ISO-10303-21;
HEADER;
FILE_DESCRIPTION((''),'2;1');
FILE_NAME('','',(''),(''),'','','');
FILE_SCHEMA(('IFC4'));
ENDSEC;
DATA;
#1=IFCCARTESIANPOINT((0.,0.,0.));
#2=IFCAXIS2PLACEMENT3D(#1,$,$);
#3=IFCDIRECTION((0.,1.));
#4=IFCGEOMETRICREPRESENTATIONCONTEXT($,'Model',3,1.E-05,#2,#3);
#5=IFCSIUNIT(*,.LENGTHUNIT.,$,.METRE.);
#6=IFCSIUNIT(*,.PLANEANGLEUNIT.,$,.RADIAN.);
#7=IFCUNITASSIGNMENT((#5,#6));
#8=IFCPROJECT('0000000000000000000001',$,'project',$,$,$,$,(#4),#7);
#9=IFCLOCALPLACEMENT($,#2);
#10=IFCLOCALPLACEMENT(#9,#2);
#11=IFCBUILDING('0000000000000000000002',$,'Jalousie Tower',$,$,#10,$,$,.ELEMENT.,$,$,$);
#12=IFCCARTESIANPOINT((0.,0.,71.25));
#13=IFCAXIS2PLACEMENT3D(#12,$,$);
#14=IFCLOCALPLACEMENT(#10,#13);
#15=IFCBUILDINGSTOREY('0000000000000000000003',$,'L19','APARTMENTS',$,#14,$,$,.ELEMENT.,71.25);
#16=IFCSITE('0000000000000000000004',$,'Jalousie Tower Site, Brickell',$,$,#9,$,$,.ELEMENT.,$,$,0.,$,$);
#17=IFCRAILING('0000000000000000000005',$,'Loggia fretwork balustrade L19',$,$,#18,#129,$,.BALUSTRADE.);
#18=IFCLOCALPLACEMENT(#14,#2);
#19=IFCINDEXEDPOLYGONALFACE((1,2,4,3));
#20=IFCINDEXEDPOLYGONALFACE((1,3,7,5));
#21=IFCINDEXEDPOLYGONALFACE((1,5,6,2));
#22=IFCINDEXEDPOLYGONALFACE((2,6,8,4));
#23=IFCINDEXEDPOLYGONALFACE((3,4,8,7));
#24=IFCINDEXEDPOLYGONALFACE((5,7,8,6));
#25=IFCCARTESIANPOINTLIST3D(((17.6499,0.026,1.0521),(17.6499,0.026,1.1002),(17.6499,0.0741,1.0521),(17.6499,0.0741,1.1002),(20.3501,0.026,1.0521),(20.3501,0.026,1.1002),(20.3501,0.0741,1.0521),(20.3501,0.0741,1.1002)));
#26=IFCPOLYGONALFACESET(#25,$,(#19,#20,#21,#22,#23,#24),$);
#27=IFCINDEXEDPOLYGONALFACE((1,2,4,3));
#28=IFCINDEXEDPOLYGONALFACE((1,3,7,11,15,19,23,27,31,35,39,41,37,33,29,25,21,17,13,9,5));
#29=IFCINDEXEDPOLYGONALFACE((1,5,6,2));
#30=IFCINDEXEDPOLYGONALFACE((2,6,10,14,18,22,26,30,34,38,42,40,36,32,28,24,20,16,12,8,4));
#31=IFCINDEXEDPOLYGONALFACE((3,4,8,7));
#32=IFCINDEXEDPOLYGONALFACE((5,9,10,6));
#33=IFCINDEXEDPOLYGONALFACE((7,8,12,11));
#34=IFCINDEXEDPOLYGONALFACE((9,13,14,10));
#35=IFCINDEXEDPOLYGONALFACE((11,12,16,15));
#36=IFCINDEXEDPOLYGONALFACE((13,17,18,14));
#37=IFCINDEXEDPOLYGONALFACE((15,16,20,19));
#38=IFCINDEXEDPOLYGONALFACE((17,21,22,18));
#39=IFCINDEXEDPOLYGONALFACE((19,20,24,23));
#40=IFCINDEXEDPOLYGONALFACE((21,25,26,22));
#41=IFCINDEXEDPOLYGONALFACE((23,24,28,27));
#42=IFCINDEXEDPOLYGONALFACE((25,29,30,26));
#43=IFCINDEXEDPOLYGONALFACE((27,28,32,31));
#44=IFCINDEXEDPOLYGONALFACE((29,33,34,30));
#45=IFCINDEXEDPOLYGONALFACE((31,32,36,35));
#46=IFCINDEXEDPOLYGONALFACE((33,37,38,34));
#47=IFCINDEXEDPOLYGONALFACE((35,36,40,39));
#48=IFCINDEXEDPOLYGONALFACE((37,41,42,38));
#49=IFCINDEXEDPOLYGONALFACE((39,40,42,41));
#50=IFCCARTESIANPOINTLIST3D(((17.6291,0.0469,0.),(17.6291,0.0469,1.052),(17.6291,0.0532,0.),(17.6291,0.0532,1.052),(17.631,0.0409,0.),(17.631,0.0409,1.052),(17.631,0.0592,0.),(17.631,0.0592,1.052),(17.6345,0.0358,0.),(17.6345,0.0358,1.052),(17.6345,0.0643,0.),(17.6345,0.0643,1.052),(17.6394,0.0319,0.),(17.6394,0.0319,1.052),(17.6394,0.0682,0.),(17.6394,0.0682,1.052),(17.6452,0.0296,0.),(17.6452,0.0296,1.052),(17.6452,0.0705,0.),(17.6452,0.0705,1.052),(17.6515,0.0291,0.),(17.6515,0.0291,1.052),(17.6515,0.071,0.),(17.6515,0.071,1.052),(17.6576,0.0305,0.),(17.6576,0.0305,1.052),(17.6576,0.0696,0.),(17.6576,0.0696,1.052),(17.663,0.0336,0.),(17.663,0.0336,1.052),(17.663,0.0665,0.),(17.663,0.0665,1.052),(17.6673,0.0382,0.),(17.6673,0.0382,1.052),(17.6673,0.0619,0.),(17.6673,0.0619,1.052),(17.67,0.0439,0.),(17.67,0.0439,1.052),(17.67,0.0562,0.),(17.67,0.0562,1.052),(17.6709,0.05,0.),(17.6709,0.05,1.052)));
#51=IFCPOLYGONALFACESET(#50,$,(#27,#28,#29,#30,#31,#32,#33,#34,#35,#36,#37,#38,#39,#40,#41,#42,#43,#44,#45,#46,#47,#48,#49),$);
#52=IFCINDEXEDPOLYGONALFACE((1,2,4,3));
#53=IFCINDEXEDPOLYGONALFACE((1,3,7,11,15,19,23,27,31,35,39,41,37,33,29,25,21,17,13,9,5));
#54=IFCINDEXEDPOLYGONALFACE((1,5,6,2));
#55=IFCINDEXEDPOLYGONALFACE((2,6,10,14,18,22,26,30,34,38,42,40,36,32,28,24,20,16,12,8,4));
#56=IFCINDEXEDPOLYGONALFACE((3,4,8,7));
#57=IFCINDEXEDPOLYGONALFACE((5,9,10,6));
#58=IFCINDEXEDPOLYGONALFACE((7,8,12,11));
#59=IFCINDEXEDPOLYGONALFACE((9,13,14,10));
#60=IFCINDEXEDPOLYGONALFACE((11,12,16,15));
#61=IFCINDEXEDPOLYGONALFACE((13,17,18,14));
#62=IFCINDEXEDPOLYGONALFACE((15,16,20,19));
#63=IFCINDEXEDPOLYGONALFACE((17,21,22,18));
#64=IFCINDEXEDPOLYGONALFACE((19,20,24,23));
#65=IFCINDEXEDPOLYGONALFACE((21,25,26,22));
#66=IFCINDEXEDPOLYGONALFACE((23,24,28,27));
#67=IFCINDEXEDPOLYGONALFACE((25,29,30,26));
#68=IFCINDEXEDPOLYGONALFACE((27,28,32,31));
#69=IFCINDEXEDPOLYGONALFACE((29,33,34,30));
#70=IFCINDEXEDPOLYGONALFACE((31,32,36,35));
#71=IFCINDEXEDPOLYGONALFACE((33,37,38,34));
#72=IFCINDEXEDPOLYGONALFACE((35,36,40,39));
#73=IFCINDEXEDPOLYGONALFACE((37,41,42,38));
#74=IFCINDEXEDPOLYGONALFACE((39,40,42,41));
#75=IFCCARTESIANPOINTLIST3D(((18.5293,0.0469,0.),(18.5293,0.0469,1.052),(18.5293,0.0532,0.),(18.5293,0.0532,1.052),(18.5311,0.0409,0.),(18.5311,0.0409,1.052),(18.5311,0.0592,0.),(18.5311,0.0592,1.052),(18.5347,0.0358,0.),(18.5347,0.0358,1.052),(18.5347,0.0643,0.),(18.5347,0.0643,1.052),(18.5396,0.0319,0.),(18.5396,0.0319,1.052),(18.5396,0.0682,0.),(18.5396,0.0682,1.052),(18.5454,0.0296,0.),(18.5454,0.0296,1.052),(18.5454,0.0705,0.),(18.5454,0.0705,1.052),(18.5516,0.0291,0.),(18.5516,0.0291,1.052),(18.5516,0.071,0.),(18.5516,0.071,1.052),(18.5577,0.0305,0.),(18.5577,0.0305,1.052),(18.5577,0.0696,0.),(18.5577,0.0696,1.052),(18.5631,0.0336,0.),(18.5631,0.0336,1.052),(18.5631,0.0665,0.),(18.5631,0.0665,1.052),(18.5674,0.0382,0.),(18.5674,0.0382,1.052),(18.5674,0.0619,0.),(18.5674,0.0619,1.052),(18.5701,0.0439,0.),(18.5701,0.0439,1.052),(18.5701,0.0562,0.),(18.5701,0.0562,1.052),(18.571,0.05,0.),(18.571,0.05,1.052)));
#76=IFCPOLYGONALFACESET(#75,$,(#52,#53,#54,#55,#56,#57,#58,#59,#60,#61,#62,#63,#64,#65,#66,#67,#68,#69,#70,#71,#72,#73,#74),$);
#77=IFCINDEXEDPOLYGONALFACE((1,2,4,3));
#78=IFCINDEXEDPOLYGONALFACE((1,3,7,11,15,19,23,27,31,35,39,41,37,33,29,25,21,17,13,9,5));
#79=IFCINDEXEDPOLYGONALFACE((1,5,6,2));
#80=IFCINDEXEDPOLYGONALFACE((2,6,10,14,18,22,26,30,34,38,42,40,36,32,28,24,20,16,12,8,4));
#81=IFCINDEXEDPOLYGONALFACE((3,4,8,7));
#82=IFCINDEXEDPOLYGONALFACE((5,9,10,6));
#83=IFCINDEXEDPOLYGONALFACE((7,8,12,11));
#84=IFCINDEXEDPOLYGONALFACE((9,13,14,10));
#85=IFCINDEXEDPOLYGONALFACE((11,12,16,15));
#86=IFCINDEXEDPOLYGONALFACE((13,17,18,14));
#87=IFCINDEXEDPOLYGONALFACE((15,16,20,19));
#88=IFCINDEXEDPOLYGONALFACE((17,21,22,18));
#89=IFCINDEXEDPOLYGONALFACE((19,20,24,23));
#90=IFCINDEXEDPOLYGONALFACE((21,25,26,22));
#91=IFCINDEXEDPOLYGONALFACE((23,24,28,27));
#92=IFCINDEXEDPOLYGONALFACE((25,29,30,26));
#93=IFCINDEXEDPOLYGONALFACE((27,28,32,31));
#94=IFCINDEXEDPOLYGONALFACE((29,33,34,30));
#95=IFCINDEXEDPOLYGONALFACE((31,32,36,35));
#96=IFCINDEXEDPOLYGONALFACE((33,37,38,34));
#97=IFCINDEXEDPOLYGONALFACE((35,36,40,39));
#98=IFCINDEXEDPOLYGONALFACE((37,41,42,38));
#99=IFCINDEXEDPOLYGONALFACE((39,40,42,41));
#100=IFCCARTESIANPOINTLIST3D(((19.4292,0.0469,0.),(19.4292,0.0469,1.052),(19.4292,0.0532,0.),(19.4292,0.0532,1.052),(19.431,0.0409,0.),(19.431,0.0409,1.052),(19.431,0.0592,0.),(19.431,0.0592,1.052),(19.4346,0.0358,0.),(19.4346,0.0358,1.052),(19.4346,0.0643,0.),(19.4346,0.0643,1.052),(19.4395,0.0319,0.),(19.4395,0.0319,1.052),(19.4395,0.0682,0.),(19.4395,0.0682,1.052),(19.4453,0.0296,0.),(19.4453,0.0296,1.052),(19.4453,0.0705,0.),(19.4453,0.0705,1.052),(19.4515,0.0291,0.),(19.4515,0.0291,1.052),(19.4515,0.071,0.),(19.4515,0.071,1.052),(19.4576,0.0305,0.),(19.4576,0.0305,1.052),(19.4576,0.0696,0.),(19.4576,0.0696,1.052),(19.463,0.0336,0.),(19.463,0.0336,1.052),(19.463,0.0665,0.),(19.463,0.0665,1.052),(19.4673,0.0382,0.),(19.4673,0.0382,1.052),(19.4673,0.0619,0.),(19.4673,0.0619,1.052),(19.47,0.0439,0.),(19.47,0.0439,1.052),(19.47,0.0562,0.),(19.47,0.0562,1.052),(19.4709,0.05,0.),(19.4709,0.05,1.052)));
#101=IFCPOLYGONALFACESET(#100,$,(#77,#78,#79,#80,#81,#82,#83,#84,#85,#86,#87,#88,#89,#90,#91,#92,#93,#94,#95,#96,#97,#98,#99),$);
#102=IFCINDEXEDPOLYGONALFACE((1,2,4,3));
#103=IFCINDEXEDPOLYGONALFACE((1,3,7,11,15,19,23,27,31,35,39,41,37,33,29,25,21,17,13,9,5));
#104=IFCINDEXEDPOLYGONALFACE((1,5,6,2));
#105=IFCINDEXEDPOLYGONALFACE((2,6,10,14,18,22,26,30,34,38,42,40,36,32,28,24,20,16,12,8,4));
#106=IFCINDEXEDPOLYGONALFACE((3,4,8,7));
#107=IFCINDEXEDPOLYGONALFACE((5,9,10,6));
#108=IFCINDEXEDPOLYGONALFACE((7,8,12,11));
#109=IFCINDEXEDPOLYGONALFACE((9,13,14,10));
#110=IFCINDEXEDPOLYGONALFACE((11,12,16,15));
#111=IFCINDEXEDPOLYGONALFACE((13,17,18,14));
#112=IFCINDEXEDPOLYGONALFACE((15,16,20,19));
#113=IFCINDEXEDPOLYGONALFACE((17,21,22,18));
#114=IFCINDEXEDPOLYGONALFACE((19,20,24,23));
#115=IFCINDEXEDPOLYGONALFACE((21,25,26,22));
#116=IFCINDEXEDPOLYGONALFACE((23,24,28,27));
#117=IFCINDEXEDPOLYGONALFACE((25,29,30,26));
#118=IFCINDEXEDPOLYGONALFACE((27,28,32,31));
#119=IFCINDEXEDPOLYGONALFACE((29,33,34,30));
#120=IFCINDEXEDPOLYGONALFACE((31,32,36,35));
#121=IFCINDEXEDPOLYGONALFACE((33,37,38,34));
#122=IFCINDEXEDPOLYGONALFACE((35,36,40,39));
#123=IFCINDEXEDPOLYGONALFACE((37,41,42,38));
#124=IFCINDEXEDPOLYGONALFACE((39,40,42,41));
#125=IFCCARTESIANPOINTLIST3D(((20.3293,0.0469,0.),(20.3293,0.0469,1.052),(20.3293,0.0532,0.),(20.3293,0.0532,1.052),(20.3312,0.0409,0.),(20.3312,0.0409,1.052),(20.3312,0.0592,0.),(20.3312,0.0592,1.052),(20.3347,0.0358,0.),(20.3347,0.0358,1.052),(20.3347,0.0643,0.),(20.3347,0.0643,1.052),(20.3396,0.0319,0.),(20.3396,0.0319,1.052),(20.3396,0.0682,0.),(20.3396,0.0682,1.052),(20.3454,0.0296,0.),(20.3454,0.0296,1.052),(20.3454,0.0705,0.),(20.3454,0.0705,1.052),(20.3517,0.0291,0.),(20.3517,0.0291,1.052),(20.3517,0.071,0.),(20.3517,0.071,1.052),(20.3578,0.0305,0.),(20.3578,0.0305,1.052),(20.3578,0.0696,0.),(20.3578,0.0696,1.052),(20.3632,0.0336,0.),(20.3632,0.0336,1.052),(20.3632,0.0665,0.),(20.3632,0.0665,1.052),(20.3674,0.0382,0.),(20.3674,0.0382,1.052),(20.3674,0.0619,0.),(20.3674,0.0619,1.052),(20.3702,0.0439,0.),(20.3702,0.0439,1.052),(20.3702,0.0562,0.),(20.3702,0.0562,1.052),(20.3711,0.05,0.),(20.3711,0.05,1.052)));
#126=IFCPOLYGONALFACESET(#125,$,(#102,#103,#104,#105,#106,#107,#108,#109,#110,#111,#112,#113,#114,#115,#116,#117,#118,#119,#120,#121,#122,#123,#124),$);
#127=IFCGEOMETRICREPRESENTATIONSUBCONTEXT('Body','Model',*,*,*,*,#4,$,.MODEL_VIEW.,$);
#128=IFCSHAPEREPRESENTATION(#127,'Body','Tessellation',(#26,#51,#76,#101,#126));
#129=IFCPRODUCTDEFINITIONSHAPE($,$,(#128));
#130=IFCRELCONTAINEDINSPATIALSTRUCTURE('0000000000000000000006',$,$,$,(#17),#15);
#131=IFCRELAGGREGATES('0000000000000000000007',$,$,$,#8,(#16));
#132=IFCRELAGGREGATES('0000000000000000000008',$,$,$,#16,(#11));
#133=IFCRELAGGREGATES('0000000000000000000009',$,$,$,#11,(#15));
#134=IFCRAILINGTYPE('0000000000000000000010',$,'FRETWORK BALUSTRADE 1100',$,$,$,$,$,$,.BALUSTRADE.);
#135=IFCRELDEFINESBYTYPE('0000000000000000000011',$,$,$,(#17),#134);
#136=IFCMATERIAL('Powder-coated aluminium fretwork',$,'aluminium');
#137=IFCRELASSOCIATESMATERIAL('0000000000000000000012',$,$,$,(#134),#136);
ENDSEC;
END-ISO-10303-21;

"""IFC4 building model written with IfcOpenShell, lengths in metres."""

from ifc_helpers import new_model, si_unit, direction, frame, origin, origin_2d, place, context, subcontext, project, spatial, rectangle, circle, extrude, material, type_object, element, save


model = new_model("IFC4")

# Units and contexts
model_context = context("Model", 3, precision=1e-05, world=origin(), true_north=direction((0.0, 1.0)))
body_context = subcontext(model_context, "Body", "Model", "MODEL_VIEW")
ifc_project = project(units=[si_unit("LENGTHUNIT", "METRE"), si_unit("PLANEANGLEUNIT", "RADIAN")], contexts=[model_context])

# Site, building, storey
site_placement = place(None, origin())
site = spatial("IfcSite", under=ifc_project, at=site_placement, Name="Jalousie Tower Site, Brickell", CompositionType="ELEMENT", RefElevation=0.0)
building_placement = place(site_placement, origin())
building = spatial("IfcBuilding", under=site, at=building_placement, Name="Jalousie Tower", CompositionType="ELEMENT")
storey_placement = place(building_placement, frame((0.0, 0.0, 71.25)))
storey = spatial("IfcBuildingStorey", under=building, at=storey_placement, Name="L19", Description="APARTMENTS", CompositionType="ELEMENT", Elevation=71.25)

# Railing
ifc_material_1 = material(Name="Powder-coated aluminium fretwork", Category="aluminium")
railing_type = type_object("IfcRailingType", Name="FRETWORK BALUSTRADE 1100", PredefinedType="BALUSTRADE", material=ifc_material_1)
railing_placement = place(storey_placement, frame((17.6499, 0.05, 0.0)))
element("IfcRailing", 1, at=railing_placement, inside=storey, type_object=railing_type, Name="Loggia fretwork balustrade L19", PredefinedType="BALUSTRADE", context=body_context, shape_type="SweptSolid", body=[
    extrude(rectangle(XDim=0.0481, YDim=0.0481, at=origin_2d()), frame((0.0, 0.0, 1.0762), z_axis=(1.0, 0.0, 0.0), x_axis=(0.0, 1.0, 0.0)), (0.0, 0.0, 1.0), 2.7002),
    extrude(circle(Radius=0.021, at=origin_2d()), origin(), (0.0, 0.0, 1.0), 1.052),
    extrude(circle(Radius=0.021, at=origin_2d()), frame((0.9001, 0.0, 0.0)), (0.0, 0.0, 1.0), 1.052),
    extrude(circle(Radius=0.021, at=origin_2d()), frame((1.8, 0.0, 0.0)), (0.0, 0.0, 1.0), 1.052),
    extrude(circle(Radius=0.021, at=origin_2d()), frame((2.7002, 0.0, 0.0)), (0.0, 0.0, 1.0), 1.052),
])

save(model, "model.ifc")
